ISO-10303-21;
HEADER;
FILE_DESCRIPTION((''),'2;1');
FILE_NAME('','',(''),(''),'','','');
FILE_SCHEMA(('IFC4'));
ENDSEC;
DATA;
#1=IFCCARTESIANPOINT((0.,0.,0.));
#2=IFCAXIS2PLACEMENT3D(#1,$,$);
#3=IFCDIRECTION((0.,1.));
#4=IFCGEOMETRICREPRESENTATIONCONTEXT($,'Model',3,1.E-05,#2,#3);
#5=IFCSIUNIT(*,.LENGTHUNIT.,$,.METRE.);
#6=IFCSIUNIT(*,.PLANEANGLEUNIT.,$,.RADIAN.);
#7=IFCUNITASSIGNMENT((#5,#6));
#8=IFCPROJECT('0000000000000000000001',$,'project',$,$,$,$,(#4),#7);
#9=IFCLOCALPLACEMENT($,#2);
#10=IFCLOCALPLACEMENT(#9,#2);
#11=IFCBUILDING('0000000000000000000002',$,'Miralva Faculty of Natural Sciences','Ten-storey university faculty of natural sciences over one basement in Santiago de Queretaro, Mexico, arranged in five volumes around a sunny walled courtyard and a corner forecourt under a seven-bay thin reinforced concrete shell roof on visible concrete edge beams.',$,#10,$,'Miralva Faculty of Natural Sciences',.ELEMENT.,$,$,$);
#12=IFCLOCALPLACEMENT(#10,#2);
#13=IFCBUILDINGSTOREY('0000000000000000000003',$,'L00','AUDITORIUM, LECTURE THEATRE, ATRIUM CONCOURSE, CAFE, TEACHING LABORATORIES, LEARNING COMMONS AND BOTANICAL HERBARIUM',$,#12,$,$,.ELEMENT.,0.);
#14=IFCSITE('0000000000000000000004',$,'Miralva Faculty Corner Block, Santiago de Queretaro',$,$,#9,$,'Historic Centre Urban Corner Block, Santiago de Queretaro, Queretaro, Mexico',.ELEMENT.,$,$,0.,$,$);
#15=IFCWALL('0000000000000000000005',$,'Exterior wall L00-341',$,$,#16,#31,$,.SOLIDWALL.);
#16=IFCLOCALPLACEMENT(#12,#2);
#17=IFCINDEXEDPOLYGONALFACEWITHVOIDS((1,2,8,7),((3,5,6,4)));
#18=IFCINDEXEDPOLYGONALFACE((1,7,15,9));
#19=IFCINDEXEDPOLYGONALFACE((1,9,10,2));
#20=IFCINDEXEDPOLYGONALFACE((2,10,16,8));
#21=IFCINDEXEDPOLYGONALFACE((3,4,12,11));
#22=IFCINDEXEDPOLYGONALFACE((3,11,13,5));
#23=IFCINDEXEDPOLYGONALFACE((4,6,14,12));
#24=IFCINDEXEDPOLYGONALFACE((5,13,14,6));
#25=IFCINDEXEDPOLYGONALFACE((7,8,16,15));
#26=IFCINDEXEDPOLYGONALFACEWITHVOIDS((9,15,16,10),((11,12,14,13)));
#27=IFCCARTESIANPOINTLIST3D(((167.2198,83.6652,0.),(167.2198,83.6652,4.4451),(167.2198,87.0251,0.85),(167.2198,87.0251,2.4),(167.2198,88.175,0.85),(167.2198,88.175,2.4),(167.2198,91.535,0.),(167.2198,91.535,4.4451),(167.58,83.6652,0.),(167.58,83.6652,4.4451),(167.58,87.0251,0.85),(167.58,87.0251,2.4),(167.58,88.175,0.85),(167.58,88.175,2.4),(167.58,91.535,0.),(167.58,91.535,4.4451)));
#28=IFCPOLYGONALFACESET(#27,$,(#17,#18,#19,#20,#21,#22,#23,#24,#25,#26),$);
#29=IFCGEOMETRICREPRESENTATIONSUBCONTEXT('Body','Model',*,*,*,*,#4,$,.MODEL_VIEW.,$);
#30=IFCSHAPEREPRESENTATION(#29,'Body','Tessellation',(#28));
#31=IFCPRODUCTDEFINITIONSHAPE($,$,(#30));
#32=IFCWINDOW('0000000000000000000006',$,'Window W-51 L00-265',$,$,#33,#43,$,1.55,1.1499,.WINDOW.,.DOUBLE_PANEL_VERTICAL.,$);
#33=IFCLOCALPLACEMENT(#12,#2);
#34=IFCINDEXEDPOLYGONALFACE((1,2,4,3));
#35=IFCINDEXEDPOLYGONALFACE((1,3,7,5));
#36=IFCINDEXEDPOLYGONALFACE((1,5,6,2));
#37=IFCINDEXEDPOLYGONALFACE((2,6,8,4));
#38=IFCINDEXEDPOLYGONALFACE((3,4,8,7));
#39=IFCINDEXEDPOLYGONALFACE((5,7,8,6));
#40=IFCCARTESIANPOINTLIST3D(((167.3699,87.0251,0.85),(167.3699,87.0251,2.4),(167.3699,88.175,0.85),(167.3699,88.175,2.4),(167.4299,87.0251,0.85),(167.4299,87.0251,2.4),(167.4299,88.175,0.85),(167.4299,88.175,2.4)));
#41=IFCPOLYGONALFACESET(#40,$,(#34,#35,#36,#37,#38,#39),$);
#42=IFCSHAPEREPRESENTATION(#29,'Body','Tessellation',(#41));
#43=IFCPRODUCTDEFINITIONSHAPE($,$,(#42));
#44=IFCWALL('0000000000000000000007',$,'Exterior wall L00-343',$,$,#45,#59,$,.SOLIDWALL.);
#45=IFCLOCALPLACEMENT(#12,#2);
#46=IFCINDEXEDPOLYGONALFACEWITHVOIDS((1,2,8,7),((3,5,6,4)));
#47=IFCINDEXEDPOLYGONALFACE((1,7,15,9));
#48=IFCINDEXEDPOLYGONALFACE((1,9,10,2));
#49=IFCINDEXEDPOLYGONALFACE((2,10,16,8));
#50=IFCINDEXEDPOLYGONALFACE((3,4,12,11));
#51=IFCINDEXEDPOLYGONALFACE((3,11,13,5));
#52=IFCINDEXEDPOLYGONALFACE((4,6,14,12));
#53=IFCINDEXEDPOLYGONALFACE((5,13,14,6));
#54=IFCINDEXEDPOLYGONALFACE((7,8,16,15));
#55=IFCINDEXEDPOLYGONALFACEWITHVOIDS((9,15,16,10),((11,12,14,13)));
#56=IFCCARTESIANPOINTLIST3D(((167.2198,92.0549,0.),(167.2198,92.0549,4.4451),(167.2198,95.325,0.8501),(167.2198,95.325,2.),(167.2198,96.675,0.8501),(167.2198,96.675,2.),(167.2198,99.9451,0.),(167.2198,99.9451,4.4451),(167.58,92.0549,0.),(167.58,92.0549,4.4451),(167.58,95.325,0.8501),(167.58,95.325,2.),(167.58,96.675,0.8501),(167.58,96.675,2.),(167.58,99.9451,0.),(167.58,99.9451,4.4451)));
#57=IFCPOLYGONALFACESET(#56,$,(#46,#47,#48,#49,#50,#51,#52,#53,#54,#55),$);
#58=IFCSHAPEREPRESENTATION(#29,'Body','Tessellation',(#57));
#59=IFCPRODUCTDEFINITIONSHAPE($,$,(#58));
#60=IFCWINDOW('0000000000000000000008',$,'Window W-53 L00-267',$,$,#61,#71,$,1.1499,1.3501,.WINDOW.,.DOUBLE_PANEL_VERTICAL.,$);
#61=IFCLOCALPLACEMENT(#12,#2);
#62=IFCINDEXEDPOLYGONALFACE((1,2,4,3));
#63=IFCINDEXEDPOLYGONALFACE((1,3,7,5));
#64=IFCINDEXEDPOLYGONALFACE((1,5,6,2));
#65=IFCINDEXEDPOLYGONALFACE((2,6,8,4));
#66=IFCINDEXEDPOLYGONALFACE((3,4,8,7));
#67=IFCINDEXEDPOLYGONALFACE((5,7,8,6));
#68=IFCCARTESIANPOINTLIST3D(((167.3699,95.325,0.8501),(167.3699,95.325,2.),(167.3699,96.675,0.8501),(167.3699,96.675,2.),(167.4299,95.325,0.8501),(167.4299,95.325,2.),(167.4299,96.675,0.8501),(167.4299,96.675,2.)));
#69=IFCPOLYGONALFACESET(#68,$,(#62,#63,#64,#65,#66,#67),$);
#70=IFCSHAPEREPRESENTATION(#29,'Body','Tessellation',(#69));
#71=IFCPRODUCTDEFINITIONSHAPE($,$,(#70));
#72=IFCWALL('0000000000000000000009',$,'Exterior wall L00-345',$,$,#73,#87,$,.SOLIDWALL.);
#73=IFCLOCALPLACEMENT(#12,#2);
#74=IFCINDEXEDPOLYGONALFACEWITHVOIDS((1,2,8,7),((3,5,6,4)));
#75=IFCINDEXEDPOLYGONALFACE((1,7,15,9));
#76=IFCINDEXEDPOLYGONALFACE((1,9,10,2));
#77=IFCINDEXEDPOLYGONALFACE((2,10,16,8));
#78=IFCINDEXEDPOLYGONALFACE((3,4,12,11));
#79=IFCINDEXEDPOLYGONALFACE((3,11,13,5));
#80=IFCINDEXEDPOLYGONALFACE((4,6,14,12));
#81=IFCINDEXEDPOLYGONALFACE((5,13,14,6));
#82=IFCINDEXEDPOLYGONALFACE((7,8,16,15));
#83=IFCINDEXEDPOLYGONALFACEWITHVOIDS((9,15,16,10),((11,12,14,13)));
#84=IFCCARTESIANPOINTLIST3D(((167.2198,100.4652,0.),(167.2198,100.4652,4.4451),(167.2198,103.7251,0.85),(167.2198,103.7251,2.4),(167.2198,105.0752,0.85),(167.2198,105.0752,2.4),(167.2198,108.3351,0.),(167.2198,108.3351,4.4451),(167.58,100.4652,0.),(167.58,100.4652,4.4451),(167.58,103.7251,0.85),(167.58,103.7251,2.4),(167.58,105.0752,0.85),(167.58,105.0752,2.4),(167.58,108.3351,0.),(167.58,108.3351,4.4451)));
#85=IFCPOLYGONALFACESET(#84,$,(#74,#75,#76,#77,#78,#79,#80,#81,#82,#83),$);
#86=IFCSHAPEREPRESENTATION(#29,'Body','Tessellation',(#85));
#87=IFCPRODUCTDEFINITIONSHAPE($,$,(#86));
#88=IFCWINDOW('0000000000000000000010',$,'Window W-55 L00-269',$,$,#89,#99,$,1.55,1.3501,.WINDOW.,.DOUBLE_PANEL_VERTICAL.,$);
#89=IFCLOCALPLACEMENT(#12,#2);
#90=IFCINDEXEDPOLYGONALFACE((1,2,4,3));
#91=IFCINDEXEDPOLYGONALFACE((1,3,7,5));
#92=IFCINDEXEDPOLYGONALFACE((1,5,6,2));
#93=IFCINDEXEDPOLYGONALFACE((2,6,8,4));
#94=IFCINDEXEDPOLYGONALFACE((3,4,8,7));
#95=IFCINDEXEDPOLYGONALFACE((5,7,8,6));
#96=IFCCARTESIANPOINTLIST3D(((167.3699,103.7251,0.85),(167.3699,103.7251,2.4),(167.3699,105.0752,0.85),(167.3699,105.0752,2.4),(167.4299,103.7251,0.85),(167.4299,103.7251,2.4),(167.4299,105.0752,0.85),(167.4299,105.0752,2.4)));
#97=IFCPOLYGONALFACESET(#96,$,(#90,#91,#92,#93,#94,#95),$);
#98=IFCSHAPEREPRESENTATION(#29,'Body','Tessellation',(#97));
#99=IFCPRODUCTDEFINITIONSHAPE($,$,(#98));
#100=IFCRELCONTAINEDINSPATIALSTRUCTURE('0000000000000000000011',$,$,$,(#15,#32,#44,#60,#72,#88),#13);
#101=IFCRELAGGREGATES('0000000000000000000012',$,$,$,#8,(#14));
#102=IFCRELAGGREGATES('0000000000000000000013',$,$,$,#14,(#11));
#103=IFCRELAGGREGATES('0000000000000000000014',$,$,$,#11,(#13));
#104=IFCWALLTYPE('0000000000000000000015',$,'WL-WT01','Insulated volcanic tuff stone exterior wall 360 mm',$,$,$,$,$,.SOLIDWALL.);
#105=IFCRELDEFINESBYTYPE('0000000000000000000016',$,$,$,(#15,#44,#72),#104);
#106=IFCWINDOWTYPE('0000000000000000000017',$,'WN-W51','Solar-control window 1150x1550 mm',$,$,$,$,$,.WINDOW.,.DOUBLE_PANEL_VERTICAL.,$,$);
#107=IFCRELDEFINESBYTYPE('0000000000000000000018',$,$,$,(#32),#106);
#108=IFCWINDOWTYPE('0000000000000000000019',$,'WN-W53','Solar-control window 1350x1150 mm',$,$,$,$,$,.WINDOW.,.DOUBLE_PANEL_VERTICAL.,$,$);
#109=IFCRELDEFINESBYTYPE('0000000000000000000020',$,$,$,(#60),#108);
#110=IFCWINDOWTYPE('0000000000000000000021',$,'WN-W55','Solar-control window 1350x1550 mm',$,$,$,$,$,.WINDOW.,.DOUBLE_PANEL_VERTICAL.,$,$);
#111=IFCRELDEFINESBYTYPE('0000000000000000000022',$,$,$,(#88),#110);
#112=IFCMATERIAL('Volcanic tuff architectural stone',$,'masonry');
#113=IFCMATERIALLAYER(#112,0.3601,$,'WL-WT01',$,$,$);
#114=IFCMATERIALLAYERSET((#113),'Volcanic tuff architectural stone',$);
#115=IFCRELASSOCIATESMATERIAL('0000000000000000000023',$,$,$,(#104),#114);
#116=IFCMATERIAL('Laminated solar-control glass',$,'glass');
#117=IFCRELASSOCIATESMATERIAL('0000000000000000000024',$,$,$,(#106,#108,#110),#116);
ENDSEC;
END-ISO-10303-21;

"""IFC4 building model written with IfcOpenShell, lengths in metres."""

from ifc_helpers import new_model, si_unit, direction, frame, frame_2d, origin, place, context, subcontext, project, spatial, rectangle, extrude, material, layer, layer_set, type_object, element, fill, save


model = new_model("IFC4")

# Units and contexts
model_context = context("Model", 3, precision=1e-05, world=origin(), true_north=direction((0.0, 1.0)))
body_context = subcontext(model_context, "Body", "Model", "MODEL_VIEW")
ifc_project = project(units=[si_unit("LENGTHUNIT", "METRE"), si_unit("PLANEANGLEUNIT", "RADIAN")], contexts=[model_context])

# Site, building, storey
site_placement = place(None, origin())
site = spatial("IfcSite", under=ifc_project, at=site_placement, Name="Miralva Faculty Corner Block, Santiago de Queretaro", LongName="Historic Centre Urban Corner Block, Santiago de Queretaro, Queretaro, Mexico", CompositionType="ELEMENT", RefElevation=0.0)
building_placement = place(site_placement, origin())
building = spatial("IfcBuilding", under=site, at=building_placement, Name="Miralva Faculty of Natural Sciences", Description="Ten-storey university faculty of natural sciences over one basement in Santiago de Queretaro, Mexico, arranged in five volumes around a sunny walled courtyard and a corner forecourt under a seven-bay thin reinforced concrete shell roof on visible concrete edge beams.", LongName="Miralva Faculty of Natural Sciences", CompositionType="ELEMENT")
storey_placement = place(building_placement, origin())
storey = spatial("IfcBuildingStorey", under=building, at=storey_placement, Name="L00", Description="AUDITORIUM, LECTURE THEATRE, ATRIUM CONCOURSE, CAFE, TEACHING LABORATORIES, LEARNING COMMONS AND BOTANICAL HERBARIUM", CompositionType="ELEMENT", Elevation=0.0)

# Walls, openings, windows
ifc_material_1 = material(Name="Volcanic tuff architectural stone", Category="masonry")
ifc_layer = layer(ifc_material_1, 0.3601, Name="WL-WT01")
ifc_layer_set = layer_set([ifc_layer], Name="Volcanic tuff architectural stone")
wall_type = type_object("IfcWallType", Name="WL-WT01", Description="Insulated volcanic tuff stone exterior wall 360 mm", PredefinedType="SOLIDWALL", material=ifc_layer_set)
wall_1_placement = place(storey_placement, frame((167.3999, 83.665, 0.0), z_axis=(0.0, 0.0, 1.0), x_axis=(0.0, 1.0, 0.0)))
wall_1 = element("IfcWall", 1, at=wall_1_placement, inside=storey, type_object=wall_type, Name="Exterior wall L00-341", PredefinedType="SOLIDWALL", context=body_context, shape_type="SweptSolid", body=[
    extrude(rectangle(XDim=7.8699, YDim=0.3601, at=frame_2d((3.9351, 0.0))), origin(), (0.0, 0.0, 1.0), 4.4451),
])
opening_1_placement = place(wall_1_placement, frame((3.3601, 0.0, 0.8501)))
opening_1 = element("IfcOpeningElement", 2, at=opening_1_placement, cuts=wall_1, PredefinedType="OPENING", context=body_context, shape_type="SweptSolid", body=[
    extrude(rectangle(XDim=1.1499, YDim=1.55, at=frame_2d((0.575, 0.7749))), frame((0.0, 0.1899, 0.0), z_axis=(0.0, -1.0, 0.0), x_axis=(1.0, 0.0, 0.0)), (0.0, 0.0, 1.0), 0.3801),
])
ifc_material_2 = material(Name="Laminated solar-control glass", Category="glass")
window_type_1 = type_object("IfcWindowType", Name="WN-W51", Description="Solar-control window 1150x1550 mm", PartitioningType="DOUBLE_PANEL_VERTICAL", PredefinedType="WINDOW", material=ifc_material_2)
window_1_placement = place(opening_1_placement, frame((1.1499, 0.0, 0.0), z_axis=(0.0, 0.0, 1.0), x_axis=(-1.0, 0.0, 0.0)))
window_1 = element("IfcWindow", 3, at=window_1_placement, inside=storey, type_object=window_type_1, Name="Window W-51 L00-265", OverallHeight=1.55, OverallWidth=1.1499, PartitioningType="DOUBLE_PANEL_VERTICAL", PredefinedType="WINDOW", context=body_context, shape_type="SweptSolid", body=[
    extrude(rectangle(XDim=1.1499, YDim=1.55, at=frame_2d((0.575, 0.7749))), frame((0.0, 0.03, 0.0), z_axis=(0.0, -1.0, 0.0), x_axis=(1.0, 0.0, 0.0)), (0.0, 0.0, 1.0), 0.0601),
])
fill(opening_1, window_1)
wall_2_placement = place(storey_placement, frame((167.3999, 92.0549, 0.0), z_axis=(0.0, 0.0, 1.0), x_axis=(0.0, 1.0, 0.0)))
wall_2 = element("IfcWall", 4, at=wall_2_placement, inside=storey, type_object=wall_type, Name="Exterior wall L00-343", PredefinedType="SOLIDWALL", context=body_context, shape_type="SweptSolid", body=[
    extrude(rectangle(XDim=7.8901, YDim=0.3601, at=frame_2d((3.9451, 0.0))), origin(), (0.0, 0.0, 1.0), 4.4451),
])
opening_2_placement = place(wall_2_placement, frame((3.27, 0.0, 0.8501)))
opening_2 = element("IfcOpeningElement", 5, at=opening_2_placement, cuts=wall_2, PredefinedType="OPENING", context=body_context, shape_type="SweptSolid", body=[
    extrude(rectangle(XDim=1.3501, YDim=1.1499, at=frame_2d((0.675, 0.575))), frame((0.0, 0.1899, 0.0), z_axis=(0.0, -1.0, 0.0), x_axis=(1.0, 0.0, 0.0)), (0.0, 0.0, 1.0), 0.3801),
])
window_type_2 = type_object("IfcWindowType", Name="WN-W53", Description="Solar-control window 1350x1150 mm", PartitioningType="DOUBLE_PANEL_VERTICAL", PredefinedType="WINDOW", material=ifc_material_2)
window_2_placement = place(opening_2_placement, frame((1.3501, 0.0, 0.0), z_axis=(0.0, 0.0, 1.0), x_axis=(-1.0, 0.0, 0.0)))
window_2 = element("IfcWindow", 6, at=window_2_placement, inside=storey, type_object=window_type_2, Name="Window W-53 L00-267", OverallHeight=1.1499, OverallWidth=1.3501, PartitioningType="DOUBLE_PANEL_VERTICAL", PredefinedType="WINDOW", context=body_context, shape_type="SweptSolid", body=[
    extrude(rectangle(XDim=1.3501, YDim=1.1499, at=frame_2d((0.675, 0.575))), frame((0.0, 0.03, 0.0), z_axis=(0.0, -1.0, 0.0), x_axis=(1.0, 0.0, 0.0)), (0.0, 0.0, 1.0), 0.0601),
])
fill(opening_2, window_2)
wall_3_placement = place(storey_placement, frame((167.3999, 100.4651, 0.0), z_axis=(0.0, 0.0, 1.0), x_axis=(0.0, 1.0, 0.0)))
wall_3 = element("IfcWall", 7, at=wall_3_placement, inside=storey, type_object=wall_type, Name="Exterior wall L00-345", PredefinedType="SOLIDWALL", context=body_context, shape_type="SweptSolid", body=[
    extrude(rectangle(XDim=7.8699, YDim=0.3601, at=frame_2d((3.9351, 0.0))), origin(), (0.0, 0.0, 1.0), 4.4451),
])
opening_3_placement = place(wall_3_placement, frame((3.26, 0.0, 0.8501)))
opening_3 = element("IfcOpeningElement", 8, at=opening_3_placement, cuts=wall_3, PredefinedType="OPENING", context=body_context, shape_type="SweptSolid", body=[
    extrude(rectangle(XDim=1.3501, YDim=1.55, at=frame_2d((0.675, 0.7749))), frame((0.0, 0.1899, 0.0), z_axis=(0.0, -1.0, 0.0), x_axis=(1.0, 0.0, 0.0)), (0.0, 0.0, 1.0), 0.3801),
])
window_type_3 = type_object("IfcWindowType", Name="WN-W55", Description="Solar-control window 1350x1550 mm", PartitioningType="DOUBLE_PANEL_VERTICAL", PredefinedType="WINDOW", material=ifc_material_2)
window_3_placement = place(opening_3_placement, frame((1.3501, 0.0, 0.0), z_axis=(0.0, 0.0, 1.0), x_axis=(-1.0, 0.0, 0.0)))
window_3 = element("IfcWindow", 9, at=window_3_placement, inside=storey, type_object=window_type_3, Name="Window W-55 L00-269", OverallHeight=1.55, OverallWidth=1.3501, PartitioningType="DOUBLE_PANEL_VERTICAL", PredefinedType="WINDOW", context=body_context, shape_type="SweptSolid", body=[
    extrude(rectangle(XDim=1.3501, YDim=1.55, at=frame_2d((0.675, 0.7749))), frame((0.0, 0.03, 0.0), z_axis=(0.0, -1.0, 0.0), x_axis=(1.0, 0.0, 0.0)), (0.0, 0.0, 1.0), 0.0601),
])
fill(opening_3, window_3)

save(model, "model.ifc")
